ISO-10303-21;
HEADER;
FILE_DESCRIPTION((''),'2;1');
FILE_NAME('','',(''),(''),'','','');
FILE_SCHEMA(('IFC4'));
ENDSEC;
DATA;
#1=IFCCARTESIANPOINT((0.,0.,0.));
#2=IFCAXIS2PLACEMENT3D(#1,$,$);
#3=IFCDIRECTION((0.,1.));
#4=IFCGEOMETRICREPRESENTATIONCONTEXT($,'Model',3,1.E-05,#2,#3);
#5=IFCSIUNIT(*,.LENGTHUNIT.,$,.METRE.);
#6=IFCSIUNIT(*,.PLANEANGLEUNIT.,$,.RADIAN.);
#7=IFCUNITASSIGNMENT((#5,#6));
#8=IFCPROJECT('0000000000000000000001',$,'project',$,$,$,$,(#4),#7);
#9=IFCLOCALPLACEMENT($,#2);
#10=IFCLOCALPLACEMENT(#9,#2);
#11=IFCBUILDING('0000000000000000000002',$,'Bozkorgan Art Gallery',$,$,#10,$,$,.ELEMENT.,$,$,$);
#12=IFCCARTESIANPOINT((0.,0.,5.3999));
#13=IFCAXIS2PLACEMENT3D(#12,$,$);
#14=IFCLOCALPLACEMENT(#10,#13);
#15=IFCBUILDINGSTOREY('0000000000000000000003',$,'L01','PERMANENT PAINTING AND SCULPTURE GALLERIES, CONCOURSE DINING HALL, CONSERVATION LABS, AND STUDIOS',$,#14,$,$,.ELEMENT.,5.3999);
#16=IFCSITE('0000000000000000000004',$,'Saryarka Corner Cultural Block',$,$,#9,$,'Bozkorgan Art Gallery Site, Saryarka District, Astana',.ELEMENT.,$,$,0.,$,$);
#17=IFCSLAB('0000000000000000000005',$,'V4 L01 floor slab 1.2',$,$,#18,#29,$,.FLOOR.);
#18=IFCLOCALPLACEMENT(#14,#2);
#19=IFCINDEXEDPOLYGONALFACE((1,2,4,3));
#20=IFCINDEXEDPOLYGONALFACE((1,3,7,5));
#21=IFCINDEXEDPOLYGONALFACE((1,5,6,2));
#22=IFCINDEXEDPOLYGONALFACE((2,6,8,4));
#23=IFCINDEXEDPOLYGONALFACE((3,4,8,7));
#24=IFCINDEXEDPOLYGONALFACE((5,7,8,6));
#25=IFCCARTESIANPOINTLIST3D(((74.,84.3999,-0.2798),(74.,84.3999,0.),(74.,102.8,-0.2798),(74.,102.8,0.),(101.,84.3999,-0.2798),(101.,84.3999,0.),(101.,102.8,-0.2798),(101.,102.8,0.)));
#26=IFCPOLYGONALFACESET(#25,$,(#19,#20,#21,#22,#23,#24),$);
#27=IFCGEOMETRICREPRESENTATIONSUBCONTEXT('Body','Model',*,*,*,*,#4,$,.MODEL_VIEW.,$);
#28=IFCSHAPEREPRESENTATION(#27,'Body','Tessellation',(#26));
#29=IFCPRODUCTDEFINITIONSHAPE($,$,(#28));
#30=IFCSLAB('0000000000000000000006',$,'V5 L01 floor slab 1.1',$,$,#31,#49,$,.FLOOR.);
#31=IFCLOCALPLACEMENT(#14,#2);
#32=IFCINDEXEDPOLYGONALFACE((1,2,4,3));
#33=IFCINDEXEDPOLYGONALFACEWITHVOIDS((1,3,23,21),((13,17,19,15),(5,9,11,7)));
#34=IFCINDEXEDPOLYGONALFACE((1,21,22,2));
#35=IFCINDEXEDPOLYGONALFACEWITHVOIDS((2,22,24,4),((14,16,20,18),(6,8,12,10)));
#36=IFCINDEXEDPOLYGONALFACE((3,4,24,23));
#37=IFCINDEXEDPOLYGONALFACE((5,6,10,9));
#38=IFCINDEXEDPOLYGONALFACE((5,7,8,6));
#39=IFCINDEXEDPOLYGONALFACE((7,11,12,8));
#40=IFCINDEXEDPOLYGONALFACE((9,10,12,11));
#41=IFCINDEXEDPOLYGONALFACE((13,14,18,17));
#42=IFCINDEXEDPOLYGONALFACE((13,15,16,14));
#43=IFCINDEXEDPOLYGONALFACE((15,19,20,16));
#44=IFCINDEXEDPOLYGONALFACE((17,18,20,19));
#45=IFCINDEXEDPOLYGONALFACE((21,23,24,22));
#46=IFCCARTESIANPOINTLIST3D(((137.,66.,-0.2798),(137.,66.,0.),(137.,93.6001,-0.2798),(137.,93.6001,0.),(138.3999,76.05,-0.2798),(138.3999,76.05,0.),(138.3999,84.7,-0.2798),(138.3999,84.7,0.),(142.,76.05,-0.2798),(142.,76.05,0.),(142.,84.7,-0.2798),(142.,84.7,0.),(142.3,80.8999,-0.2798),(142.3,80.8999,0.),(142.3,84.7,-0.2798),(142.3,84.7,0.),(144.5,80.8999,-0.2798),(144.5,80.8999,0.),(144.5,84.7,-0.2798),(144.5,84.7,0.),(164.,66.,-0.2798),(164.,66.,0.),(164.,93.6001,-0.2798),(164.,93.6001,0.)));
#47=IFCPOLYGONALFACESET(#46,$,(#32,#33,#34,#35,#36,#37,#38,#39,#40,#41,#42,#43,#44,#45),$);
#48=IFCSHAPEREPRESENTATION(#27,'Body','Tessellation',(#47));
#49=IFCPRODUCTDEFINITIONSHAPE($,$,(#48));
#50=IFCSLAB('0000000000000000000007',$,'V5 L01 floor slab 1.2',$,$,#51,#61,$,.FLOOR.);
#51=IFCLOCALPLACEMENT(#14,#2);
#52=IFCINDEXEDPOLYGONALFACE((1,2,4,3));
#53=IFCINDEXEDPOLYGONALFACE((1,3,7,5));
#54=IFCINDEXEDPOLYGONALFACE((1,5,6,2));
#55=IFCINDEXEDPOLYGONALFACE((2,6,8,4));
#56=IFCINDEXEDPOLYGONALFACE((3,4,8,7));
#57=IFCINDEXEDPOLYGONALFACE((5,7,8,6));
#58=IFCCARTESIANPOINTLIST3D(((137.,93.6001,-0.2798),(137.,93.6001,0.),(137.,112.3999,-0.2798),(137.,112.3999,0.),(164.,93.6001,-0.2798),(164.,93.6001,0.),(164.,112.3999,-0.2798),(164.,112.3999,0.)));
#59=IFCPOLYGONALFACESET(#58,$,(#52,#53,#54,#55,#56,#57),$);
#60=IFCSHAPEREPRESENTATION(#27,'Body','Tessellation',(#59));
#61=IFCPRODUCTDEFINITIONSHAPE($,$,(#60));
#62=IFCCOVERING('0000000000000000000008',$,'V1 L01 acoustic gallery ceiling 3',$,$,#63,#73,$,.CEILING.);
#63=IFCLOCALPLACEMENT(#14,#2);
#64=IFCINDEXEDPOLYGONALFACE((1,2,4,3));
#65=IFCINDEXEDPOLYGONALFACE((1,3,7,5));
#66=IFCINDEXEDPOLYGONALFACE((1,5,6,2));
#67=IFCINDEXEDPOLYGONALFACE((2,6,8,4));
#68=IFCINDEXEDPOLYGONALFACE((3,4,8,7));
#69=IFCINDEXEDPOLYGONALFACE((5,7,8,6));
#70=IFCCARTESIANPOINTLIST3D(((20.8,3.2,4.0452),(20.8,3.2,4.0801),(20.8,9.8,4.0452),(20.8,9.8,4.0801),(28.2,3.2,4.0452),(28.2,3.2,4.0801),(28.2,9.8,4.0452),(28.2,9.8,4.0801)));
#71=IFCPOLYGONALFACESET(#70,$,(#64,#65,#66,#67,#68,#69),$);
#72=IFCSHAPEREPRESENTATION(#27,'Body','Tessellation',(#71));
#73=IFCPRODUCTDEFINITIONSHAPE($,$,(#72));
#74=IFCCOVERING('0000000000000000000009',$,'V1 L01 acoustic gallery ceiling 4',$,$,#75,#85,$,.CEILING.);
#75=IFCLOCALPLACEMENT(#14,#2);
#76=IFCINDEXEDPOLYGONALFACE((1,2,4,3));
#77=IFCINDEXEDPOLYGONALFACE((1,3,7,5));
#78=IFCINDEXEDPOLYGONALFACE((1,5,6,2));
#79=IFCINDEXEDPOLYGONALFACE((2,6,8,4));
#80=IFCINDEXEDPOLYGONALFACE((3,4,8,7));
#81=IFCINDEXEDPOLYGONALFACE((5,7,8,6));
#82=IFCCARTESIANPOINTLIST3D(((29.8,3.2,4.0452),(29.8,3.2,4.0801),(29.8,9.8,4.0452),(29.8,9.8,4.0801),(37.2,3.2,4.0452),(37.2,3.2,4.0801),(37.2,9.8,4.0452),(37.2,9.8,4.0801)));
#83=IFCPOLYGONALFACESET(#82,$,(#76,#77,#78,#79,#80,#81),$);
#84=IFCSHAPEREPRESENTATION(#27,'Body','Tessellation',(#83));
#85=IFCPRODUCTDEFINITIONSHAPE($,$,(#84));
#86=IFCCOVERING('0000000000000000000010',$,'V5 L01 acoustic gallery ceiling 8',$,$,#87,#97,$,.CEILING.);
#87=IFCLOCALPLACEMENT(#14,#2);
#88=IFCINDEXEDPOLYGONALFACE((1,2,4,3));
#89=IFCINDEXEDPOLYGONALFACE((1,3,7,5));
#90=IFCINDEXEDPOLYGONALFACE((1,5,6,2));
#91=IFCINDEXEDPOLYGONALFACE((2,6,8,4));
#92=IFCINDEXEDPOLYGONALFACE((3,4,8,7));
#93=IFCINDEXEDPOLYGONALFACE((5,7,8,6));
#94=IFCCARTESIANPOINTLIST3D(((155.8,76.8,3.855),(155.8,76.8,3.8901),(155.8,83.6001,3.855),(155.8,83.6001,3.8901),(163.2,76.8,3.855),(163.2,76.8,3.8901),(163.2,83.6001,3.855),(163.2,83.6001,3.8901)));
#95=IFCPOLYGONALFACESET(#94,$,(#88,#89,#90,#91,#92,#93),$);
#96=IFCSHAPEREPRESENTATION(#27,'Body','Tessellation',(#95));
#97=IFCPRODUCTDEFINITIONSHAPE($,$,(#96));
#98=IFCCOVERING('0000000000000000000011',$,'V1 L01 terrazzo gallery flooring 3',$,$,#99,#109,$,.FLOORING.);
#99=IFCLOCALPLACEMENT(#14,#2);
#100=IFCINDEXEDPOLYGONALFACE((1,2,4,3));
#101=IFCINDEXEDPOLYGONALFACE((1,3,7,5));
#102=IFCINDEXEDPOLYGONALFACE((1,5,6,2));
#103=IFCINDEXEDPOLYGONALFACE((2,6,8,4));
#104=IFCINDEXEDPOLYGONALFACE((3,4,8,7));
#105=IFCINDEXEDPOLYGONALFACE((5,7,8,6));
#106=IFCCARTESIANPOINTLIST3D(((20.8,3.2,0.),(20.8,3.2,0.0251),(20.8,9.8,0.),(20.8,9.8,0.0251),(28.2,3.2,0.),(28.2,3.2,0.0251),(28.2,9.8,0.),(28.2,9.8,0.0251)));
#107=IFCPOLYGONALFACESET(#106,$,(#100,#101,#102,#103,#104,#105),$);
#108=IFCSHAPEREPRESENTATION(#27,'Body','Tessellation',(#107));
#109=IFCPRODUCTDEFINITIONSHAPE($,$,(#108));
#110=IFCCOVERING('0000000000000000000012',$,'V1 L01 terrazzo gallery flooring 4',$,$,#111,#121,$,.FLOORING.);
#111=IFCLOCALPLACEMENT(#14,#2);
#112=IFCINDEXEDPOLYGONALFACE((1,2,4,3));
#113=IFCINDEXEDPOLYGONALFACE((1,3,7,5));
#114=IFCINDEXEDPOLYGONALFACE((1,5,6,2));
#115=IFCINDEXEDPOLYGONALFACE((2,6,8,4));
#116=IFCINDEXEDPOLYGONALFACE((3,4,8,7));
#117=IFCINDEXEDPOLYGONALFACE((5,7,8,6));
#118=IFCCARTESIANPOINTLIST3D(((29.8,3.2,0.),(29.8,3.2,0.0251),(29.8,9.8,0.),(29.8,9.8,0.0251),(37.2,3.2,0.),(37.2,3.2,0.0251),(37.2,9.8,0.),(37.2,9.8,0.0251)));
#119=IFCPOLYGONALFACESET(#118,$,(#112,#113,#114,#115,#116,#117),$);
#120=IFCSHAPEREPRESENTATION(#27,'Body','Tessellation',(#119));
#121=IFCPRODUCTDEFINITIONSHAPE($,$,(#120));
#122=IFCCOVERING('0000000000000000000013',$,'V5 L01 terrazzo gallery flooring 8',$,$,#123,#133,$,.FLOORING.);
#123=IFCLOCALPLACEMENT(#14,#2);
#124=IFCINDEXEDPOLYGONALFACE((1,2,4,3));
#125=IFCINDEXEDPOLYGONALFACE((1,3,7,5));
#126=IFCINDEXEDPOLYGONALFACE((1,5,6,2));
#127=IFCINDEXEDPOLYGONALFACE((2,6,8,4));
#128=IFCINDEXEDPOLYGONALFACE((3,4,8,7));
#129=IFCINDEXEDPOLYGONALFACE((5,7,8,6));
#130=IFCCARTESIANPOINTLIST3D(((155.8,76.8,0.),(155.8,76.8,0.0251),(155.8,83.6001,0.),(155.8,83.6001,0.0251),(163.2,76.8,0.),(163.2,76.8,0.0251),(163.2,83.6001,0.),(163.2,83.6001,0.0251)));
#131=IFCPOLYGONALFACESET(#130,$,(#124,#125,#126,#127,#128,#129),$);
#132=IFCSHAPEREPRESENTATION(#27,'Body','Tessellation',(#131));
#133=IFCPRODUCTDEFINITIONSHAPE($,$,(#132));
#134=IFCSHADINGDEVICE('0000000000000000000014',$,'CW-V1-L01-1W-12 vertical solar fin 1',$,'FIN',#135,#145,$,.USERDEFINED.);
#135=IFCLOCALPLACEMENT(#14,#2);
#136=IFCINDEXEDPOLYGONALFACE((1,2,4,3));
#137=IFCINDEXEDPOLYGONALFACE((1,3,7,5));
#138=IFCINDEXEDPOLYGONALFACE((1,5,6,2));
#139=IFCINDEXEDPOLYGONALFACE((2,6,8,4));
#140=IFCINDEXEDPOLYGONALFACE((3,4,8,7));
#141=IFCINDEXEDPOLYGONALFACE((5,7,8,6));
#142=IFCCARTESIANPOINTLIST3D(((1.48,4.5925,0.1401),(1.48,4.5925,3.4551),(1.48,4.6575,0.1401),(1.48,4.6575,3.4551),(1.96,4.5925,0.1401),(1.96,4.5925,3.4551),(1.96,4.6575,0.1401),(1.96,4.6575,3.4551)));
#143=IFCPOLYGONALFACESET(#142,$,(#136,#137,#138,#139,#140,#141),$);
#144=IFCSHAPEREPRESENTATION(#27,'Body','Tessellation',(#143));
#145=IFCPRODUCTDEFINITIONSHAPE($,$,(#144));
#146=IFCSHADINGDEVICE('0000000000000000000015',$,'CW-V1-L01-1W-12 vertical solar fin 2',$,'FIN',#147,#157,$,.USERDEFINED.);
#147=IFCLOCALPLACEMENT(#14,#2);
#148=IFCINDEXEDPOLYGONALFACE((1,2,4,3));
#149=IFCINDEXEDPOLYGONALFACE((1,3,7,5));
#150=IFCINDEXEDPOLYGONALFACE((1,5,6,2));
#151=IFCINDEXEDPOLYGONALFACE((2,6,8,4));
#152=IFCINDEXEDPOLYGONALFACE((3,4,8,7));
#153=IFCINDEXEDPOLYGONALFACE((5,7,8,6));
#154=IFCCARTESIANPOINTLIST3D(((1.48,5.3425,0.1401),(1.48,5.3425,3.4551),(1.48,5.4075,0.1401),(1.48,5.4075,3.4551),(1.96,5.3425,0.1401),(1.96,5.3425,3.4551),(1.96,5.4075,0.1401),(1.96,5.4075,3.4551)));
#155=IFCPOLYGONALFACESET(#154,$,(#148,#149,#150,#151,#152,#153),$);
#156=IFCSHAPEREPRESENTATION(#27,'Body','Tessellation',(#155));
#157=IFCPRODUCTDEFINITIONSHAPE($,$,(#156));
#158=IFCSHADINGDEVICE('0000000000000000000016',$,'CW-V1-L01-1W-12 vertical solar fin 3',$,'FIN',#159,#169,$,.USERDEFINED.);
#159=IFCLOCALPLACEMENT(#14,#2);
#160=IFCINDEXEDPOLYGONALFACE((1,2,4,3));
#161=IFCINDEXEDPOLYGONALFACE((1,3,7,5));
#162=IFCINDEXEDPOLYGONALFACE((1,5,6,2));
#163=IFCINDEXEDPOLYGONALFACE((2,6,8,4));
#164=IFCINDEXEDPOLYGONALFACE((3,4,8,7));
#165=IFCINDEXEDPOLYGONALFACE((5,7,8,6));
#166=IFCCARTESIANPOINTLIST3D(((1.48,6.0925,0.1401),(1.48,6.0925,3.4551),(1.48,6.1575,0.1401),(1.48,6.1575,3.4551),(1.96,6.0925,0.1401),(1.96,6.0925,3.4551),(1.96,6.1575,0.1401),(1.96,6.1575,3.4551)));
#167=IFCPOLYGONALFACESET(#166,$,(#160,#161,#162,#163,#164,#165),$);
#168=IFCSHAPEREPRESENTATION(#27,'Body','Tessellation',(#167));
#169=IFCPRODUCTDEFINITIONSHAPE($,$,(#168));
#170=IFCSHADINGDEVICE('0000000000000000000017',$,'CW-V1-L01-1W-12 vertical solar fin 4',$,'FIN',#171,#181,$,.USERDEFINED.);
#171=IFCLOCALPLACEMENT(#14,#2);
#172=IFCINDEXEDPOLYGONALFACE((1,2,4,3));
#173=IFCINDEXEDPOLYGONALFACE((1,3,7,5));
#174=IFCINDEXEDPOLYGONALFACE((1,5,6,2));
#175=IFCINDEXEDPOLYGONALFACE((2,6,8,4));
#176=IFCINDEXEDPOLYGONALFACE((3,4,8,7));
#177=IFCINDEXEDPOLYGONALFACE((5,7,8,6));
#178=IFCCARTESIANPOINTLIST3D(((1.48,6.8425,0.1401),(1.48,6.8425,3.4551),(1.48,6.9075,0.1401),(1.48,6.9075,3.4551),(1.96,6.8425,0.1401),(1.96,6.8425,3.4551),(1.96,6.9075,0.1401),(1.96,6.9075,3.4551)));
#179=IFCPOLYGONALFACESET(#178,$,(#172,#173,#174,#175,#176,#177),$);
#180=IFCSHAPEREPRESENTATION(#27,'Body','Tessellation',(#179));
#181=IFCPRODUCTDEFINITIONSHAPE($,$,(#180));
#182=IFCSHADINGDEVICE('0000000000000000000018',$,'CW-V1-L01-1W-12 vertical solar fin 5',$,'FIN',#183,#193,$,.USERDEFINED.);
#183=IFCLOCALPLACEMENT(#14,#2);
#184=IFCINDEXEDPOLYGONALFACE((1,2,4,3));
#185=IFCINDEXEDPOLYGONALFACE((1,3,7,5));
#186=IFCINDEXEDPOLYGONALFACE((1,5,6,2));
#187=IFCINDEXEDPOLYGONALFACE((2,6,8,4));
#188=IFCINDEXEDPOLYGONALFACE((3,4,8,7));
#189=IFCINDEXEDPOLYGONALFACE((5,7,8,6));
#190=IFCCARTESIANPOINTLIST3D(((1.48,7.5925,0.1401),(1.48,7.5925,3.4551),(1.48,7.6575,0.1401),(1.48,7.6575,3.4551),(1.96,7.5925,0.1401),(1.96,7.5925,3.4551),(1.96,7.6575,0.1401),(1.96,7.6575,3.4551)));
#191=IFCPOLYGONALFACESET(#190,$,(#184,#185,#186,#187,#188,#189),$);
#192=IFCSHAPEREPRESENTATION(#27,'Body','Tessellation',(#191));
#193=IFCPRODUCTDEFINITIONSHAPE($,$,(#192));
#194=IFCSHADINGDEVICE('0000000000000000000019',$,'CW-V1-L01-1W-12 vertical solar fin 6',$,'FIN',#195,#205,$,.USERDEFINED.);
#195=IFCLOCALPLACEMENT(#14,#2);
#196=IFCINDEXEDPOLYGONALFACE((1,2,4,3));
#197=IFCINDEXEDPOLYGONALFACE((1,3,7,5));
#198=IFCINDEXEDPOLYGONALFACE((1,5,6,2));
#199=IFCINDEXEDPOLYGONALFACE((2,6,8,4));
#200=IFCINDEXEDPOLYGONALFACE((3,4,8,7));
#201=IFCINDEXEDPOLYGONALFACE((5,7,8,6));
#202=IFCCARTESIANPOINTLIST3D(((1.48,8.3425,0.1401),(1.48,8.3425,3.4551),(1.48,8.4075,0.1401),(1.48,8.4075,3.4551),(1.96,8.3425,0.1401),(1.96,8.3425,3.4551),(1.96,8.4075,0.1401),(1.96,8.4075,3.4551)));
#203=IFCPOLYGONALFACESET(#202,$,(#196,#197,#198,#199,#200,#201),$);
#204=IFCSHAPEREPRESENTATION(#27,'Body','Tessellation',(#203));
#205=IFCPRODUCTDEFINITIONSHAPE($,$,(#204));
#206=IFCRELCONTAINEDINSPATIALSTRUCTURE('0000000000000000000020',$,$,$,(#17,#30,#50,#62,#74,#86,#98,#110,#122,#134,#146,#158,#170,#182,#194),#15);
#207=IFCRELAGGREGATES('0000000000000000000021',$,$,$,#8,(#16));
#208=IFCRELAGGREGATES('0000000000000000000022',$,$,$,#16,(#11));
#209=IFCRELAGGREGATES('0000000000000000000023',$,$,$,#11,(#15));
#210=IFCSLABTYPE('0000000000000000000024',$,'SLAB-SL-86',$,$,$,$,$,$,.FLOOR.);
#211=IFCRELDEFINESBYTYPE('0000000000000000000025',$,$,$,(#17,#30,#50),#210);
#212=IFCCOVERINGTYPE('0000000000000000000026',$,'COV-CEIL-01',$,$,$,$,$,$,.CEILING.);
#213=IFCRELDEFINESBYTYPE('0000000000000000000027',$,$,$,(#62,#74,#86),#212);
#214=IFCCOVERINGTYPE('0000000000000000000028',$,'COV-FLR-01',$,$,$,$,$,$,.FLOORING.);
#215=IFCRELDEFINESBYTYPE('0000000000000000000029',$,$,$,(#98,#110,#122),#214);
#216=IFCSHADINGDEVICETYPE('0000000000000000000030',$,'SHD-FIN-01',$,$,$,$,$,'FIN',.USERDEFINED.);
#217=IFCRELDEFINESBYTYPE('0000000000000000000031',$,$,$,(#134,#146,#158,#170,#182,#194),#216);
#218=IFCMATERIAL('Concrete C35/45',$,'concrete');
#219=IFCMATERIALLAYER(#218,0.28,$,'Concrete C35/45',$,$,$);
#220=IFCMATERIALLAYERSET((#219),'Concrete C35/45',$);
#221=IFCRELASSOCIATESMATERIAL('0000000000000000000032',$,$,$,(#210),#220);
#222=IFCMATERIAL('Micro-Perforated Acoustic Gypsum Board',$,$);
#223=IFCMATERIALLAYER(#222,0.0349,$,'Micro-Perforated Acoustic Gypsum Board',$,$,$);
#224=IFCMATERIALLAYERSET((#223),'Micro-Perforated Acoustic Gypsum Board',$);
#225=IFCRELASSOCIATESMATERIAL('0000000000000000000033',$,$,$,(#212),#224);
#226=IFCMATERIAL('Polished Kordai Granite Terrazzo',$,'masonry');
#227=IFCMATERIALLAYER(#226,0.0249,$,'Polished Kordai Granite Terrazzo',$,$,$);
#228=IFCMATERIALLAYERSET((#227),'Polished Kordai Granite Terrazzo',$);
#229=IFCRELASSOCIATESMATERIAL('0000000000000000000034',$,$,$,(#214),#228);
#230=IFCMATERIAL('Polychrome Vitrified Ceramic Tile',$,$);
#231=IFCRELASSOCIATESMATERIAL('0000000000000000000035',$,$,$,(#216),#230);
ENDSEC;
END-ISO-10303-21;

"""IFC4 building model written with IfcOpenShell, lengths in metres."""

from ifc_helpers import new_model, si_unit, direction, frame, origin, origin_2d, place, context, subcontext, project, spatial, polyline, rectangle, outline, extrude, material, layer, layer_set, type_object, element, save


model = new_model("IFC4")

# Units and contexts
model_context = context("Model", 3, precision=1e-05, world=origin(), true_north=direction((0.0, 1.0)))
body_context = subcontext(model_context, "Body", "Model", "MODEL_VIEW")
ifc_project = project(units=[si_unit("LENGTHUNIT", "METRE"), si_unit("PLANEANGLEUNIT", "RADIAN")], contexts=[model_context])

# Site, building, storey
site_placement = place(None, origin())
site = spatial("IfcSite", under=ifc_project, at=site_placement, Name="Saryarka Corner Cultural Block", LongName="Bozkorgan Art Gallery Site, Saryarka District, Astana", CompositionType="ELEMENT", RefElevation=0.0)
building_placement = place(site_placement, origin())
building = spatial("IfcBuilding", under=site, at=building_placement, Name="Bozkorgan Art Gallery", CompositionType="ELEMENT")
storey_placement = place(building_placement, frame((0.0, 0.0, 5.3999)))
storey = spatial("IfcBuildingStorey", under=building, at=storey_placement, Name="L01", Description="PERMANENT PAINTING AND SCULPTURE GALLERIES, CONCOURSE DINING HALL, CONSERVATION LABS, AND STUDIOS", CompositionType="ELEMENT", Elevation=5.3999)

# Shared definitions
ifc_material_1 = material(Name="Concrete C35/45", Category="concrete")

# Slabs
ifc_layer_1 = layer(ifc_material_1, 0.28, Name="Concrete C35/45")
ifc_layer_set_1 = layer_set([ifc_layer_1], Name="Concrete C35/45")
slab_type_1 = type_object("IfcSlabType", Name="SLAB-SL-86", PredefinedType="FLOOR", material=ifc_layer_set_1)
slab_1_placement = place(storey_placement, frame((0.0, 0.0, -0.2798)))
element("IfcSlab", 1, at=slab_1_placement, inside=storey, type_object=slab_type_1, Name="V4 L01 floor slab 1.2", PredefinedType="FLOOR", context=body_context, shape_type="SweptSolid", body=[
    extrude(outline(polyline([(74.0, 84.3999), (101.0, 84.3999), (101.0, 102.8), (74.0, 102.8), (74.0, 84.3999)])), origin(), (0.0, 0.0, 1.0), 0.2798),
])
slab_2_placement = place(storey_placement, frame((0.0, 0.0, -0.2798)))
element("IfcSlab", 2, at=slab_2_placement, inside=storey, type_object=slab_type_1, Name="V5 L01 floor slab 1.1", PredefinedType="FLOOR", context=body_context, shape_type="SweptSolid", body=[
    extrude(outline(polyline([(137.0, 66.0), (164.0, 66.0), (164.0, 93.6001), (137.0, 93.6001), (137.0, 66.0)]), holes=[polyline([(138.3999, 76.05), (142.0, 76.05), (142.0, 84.7), (138.3999, 84.7), (138.3999, 76.05)]), polyline([(142.3, 80.8999), (144.5, 80.8999), (144.5, 84.7), (142.3, 84.7), (142.3, 80.8999)])]), origin(), (0.0, 0.0, 1.0), 0.2798),
])
slab_3_placement = place(storey_placement, frame((0.0, 0.0, -0.2798)))
element("IfcSlab", 3, at=slab_3_placement, inside=storey, type_object=slab_type_1, Name="V5 L01 floor slab 1.2", PredefinedType="FLOOR", context=body_context, shape_type="SweptSolid", body=[
    extrude(outline(polyline([(137.0, 93.6001), (164.0, 93.6001), (164.0, 112.3999), (137.0, 112.3999), (137.0, 93.6001)])), origin(), (0.0, 0.0, 1.0), 0.2798),
])

# Coverings
ifc_material_2 = material(Name="Micro-Perforated Acoustic Gypsum Board")
ifc_layer_2 = layer(ifc_material_2, 0.0349, Name="Micro-Perforated Acoustic Gypsum Board")
ifc_layer_set_2 = layer_set([ifc_layer_2], Name="Micro-Perforated Acoustic Gypsum Board")
covering_type_1 = type_object("IfcCoveringType", Name="COV-CEIL-01", PredefinedType="CEILING", material=ifc_layer_set_2)
covering_1_placement = place(storey_placement, frame((0.0, 0.0, 4.0452)))
element("IfcCovering", 4, at=covering_1_placement, inside=storey, type_object=covering_type_1, Name="V1 L01 acoustic gallery ceiling 3", PredefinedType="CEILING", context=body_context, shape_type="SweptSolid", body=[
    extrude(outline(polyline([(20.8, 3.2), (28.2, 3.2), (28.2, 9.8), (20.8, 9.8), (20.8, 3.2)])), origin(), (0.0, 0.0, 1.0), 0.0349),
])
covering_2_placement = place(storey_placement, frame((0.0, 0.0, 4.0452)))
element("IfcCovering", 5, at=covering_2_placement, inside=storey, type_object=covering_type_1, Name="V1 L01 acoustic gallery ceiling 4", PredefinedType="CEILING", context=body_context, shape_type="SweptSolid", body=[
    extrude(outline(polyline([(29.8, 3.2), (37.2, 3.2), (37.2, 9.8), (29.8, 9.8), (29.8, 3.2)])), origin(), (0.0, 0.0, 1.0), 0.0349),
])
covering_3_placement = place(storey_placement, frame((0.0, 0.0, 3.855)))
element("IfcCovering", 6, at=covering_3_placement, inside=storey, type_object=covering_type_1, Name="V5 L01 acoustic gallery ceiling 8", PredefinedType="CEILING", context=body_context, shape_type="SweptSolid", body=[
    extrude(outline(polyline([(155.8, 76.8), (163.2, 76.8), (163.2, 83.6001), (155.8, 83.6001), (155.8, 76.8)])), origin(), (0.0, 0.0, 1.0), 0.0352),
])
ifc_material_3 = material(Name="Polished Kordai Granite Terrazzo", Category="masonry")
ifc_layer_3 = layer(ifc_material_3, 0.0249, Name="Polished Kordai Granite Terrazzo")
ifc_layer_set_3 = layer_set([ifc_layer_3], Name="Polished Kordai Granite Terrazzo")
covering_type_2 = type_object("IfcCoveringType", Name="COV-FLR-01", PredefinedType="FLOORING", material=ifc_layer_set_3)
covering_4_placement = place(storey_placement, origin())
element("IfcCovering", 7, at=covering_4_placement, inside=storey, type_object=covering_type_2, Name="V1 L01 terrazzo gallery flooring 3", PredefinedType="FLOORING", context=body_context, shape_type="SweptSolid", body=[
    extrude(outline(polyline([(20.8, 3.2), (28.2, 3.2), (28.2, 9.8), (20.8, 9.8), (20.8, 3.2)])), origin(), (0.0, 0.0, 1.0), 0.0251),
])
covering_5_placement = place(storey_placement, origin())
element("IfcCovering", 8, at=covering_5_placement, inside=storey, type_object=covering_type_2, Name="V1 L01 terrazzo gallery flooring 4", PredefinedType="FLOORING", context=body_context, shape_type="SweptSolid", body=[
    extrude(outline(polyline([(29.8, 3.2), (37.2, 3.2), (37.2, 9.8), (29.8, 9.8), (29.8, 3.2)])), origin(), (0.0, 0.0, 1.0), 0.0251),
])
covering_6_placement = place(storey_placement, origin())
element("IfcCovering", 9, at=covering_6_placement, inside=storey, type_object=covering_type_2, Name="V5 L01 terrazzo gallery flooring 8", PredefinedType="FLOORING", context=body_context, shape_type="SweptSolid", body=[
    extrude(outline(polyline([(155.8, 76.8), (163.2, 76.8), (163.2, 83.6001), (155.8, 83.6001), (155.8, 76.8)])), origin(), (0.0, 0.0, 1.0), 0.0251),
])

# Shading devices
ifc_material_4 = material(Name="Polychrome Vitrified Ceramic Tile")
shading_device_type = type_object("IfcShadingDeviceType", Name="SHD-FIN-01", ElementType="FIN", PredefinedType="USERDEFINED", material=ifc_material_4)
for number, where, z_axis, x_axis, name in (
    (10, (1.72, 4.625, 0.1401), (0.0, 0.0, 1.0), (-1.0, 0.0, 0.0), "CW-V1-L01-1W-12 vertical solar fin 1"),
    (11, (1.72, 5.375, 0.1401), (0.0, 0.0, 1.0), (-1.0, 0.0, 0.0), "CW-V1-L01-1W-12 vertical solar fin 2"),
    (12, (1.72, 6.125, 0.1401), (0.0, 0.0, 1.0), (-1.0, 0.0, 0.0), "CW-V1-L01-1W-12 vertical solar fin 3"),
    (13, (1.72, 6.875, 0.1401), (0.0, 0.0, 1.0), (-1.0, 0.0, 0.0), "CW-V1-L01-1W-12 vertical solar fin 4"),
    (14, (1.72, 7.625, 0.1401), (0.0, 0.0, 1.0), (-1.0, 0.0, 0.0), "CW-V1-L01-1W-12 vertical solar fin 5"),
    (15, (1.72, 8.375, 0.1401), (0.0, 0.0, 1.0), (-1.0, 0.0, 0.0), "CW-V1-L01-1W-12 vertical solar fin 6"),
):
    element("IfcShadingDevice", number, at=place(storey_placement, frame(where, z_axis=z_axis, x_axis=x_axis)), inside=storey, type_object=shading_device_type, Name=name, ObjectType="FIN", PredefinedType="USERDEFINED", context=body_context, shape_type="SweptSolid", body=[
        extrude(rectangle(XDim=0.48, YDim=0.0649, at=origin_2d()), origin(), (0.0, 0.0, 1.0), 3.3149),
    ])

save(model, "model.ifc")
